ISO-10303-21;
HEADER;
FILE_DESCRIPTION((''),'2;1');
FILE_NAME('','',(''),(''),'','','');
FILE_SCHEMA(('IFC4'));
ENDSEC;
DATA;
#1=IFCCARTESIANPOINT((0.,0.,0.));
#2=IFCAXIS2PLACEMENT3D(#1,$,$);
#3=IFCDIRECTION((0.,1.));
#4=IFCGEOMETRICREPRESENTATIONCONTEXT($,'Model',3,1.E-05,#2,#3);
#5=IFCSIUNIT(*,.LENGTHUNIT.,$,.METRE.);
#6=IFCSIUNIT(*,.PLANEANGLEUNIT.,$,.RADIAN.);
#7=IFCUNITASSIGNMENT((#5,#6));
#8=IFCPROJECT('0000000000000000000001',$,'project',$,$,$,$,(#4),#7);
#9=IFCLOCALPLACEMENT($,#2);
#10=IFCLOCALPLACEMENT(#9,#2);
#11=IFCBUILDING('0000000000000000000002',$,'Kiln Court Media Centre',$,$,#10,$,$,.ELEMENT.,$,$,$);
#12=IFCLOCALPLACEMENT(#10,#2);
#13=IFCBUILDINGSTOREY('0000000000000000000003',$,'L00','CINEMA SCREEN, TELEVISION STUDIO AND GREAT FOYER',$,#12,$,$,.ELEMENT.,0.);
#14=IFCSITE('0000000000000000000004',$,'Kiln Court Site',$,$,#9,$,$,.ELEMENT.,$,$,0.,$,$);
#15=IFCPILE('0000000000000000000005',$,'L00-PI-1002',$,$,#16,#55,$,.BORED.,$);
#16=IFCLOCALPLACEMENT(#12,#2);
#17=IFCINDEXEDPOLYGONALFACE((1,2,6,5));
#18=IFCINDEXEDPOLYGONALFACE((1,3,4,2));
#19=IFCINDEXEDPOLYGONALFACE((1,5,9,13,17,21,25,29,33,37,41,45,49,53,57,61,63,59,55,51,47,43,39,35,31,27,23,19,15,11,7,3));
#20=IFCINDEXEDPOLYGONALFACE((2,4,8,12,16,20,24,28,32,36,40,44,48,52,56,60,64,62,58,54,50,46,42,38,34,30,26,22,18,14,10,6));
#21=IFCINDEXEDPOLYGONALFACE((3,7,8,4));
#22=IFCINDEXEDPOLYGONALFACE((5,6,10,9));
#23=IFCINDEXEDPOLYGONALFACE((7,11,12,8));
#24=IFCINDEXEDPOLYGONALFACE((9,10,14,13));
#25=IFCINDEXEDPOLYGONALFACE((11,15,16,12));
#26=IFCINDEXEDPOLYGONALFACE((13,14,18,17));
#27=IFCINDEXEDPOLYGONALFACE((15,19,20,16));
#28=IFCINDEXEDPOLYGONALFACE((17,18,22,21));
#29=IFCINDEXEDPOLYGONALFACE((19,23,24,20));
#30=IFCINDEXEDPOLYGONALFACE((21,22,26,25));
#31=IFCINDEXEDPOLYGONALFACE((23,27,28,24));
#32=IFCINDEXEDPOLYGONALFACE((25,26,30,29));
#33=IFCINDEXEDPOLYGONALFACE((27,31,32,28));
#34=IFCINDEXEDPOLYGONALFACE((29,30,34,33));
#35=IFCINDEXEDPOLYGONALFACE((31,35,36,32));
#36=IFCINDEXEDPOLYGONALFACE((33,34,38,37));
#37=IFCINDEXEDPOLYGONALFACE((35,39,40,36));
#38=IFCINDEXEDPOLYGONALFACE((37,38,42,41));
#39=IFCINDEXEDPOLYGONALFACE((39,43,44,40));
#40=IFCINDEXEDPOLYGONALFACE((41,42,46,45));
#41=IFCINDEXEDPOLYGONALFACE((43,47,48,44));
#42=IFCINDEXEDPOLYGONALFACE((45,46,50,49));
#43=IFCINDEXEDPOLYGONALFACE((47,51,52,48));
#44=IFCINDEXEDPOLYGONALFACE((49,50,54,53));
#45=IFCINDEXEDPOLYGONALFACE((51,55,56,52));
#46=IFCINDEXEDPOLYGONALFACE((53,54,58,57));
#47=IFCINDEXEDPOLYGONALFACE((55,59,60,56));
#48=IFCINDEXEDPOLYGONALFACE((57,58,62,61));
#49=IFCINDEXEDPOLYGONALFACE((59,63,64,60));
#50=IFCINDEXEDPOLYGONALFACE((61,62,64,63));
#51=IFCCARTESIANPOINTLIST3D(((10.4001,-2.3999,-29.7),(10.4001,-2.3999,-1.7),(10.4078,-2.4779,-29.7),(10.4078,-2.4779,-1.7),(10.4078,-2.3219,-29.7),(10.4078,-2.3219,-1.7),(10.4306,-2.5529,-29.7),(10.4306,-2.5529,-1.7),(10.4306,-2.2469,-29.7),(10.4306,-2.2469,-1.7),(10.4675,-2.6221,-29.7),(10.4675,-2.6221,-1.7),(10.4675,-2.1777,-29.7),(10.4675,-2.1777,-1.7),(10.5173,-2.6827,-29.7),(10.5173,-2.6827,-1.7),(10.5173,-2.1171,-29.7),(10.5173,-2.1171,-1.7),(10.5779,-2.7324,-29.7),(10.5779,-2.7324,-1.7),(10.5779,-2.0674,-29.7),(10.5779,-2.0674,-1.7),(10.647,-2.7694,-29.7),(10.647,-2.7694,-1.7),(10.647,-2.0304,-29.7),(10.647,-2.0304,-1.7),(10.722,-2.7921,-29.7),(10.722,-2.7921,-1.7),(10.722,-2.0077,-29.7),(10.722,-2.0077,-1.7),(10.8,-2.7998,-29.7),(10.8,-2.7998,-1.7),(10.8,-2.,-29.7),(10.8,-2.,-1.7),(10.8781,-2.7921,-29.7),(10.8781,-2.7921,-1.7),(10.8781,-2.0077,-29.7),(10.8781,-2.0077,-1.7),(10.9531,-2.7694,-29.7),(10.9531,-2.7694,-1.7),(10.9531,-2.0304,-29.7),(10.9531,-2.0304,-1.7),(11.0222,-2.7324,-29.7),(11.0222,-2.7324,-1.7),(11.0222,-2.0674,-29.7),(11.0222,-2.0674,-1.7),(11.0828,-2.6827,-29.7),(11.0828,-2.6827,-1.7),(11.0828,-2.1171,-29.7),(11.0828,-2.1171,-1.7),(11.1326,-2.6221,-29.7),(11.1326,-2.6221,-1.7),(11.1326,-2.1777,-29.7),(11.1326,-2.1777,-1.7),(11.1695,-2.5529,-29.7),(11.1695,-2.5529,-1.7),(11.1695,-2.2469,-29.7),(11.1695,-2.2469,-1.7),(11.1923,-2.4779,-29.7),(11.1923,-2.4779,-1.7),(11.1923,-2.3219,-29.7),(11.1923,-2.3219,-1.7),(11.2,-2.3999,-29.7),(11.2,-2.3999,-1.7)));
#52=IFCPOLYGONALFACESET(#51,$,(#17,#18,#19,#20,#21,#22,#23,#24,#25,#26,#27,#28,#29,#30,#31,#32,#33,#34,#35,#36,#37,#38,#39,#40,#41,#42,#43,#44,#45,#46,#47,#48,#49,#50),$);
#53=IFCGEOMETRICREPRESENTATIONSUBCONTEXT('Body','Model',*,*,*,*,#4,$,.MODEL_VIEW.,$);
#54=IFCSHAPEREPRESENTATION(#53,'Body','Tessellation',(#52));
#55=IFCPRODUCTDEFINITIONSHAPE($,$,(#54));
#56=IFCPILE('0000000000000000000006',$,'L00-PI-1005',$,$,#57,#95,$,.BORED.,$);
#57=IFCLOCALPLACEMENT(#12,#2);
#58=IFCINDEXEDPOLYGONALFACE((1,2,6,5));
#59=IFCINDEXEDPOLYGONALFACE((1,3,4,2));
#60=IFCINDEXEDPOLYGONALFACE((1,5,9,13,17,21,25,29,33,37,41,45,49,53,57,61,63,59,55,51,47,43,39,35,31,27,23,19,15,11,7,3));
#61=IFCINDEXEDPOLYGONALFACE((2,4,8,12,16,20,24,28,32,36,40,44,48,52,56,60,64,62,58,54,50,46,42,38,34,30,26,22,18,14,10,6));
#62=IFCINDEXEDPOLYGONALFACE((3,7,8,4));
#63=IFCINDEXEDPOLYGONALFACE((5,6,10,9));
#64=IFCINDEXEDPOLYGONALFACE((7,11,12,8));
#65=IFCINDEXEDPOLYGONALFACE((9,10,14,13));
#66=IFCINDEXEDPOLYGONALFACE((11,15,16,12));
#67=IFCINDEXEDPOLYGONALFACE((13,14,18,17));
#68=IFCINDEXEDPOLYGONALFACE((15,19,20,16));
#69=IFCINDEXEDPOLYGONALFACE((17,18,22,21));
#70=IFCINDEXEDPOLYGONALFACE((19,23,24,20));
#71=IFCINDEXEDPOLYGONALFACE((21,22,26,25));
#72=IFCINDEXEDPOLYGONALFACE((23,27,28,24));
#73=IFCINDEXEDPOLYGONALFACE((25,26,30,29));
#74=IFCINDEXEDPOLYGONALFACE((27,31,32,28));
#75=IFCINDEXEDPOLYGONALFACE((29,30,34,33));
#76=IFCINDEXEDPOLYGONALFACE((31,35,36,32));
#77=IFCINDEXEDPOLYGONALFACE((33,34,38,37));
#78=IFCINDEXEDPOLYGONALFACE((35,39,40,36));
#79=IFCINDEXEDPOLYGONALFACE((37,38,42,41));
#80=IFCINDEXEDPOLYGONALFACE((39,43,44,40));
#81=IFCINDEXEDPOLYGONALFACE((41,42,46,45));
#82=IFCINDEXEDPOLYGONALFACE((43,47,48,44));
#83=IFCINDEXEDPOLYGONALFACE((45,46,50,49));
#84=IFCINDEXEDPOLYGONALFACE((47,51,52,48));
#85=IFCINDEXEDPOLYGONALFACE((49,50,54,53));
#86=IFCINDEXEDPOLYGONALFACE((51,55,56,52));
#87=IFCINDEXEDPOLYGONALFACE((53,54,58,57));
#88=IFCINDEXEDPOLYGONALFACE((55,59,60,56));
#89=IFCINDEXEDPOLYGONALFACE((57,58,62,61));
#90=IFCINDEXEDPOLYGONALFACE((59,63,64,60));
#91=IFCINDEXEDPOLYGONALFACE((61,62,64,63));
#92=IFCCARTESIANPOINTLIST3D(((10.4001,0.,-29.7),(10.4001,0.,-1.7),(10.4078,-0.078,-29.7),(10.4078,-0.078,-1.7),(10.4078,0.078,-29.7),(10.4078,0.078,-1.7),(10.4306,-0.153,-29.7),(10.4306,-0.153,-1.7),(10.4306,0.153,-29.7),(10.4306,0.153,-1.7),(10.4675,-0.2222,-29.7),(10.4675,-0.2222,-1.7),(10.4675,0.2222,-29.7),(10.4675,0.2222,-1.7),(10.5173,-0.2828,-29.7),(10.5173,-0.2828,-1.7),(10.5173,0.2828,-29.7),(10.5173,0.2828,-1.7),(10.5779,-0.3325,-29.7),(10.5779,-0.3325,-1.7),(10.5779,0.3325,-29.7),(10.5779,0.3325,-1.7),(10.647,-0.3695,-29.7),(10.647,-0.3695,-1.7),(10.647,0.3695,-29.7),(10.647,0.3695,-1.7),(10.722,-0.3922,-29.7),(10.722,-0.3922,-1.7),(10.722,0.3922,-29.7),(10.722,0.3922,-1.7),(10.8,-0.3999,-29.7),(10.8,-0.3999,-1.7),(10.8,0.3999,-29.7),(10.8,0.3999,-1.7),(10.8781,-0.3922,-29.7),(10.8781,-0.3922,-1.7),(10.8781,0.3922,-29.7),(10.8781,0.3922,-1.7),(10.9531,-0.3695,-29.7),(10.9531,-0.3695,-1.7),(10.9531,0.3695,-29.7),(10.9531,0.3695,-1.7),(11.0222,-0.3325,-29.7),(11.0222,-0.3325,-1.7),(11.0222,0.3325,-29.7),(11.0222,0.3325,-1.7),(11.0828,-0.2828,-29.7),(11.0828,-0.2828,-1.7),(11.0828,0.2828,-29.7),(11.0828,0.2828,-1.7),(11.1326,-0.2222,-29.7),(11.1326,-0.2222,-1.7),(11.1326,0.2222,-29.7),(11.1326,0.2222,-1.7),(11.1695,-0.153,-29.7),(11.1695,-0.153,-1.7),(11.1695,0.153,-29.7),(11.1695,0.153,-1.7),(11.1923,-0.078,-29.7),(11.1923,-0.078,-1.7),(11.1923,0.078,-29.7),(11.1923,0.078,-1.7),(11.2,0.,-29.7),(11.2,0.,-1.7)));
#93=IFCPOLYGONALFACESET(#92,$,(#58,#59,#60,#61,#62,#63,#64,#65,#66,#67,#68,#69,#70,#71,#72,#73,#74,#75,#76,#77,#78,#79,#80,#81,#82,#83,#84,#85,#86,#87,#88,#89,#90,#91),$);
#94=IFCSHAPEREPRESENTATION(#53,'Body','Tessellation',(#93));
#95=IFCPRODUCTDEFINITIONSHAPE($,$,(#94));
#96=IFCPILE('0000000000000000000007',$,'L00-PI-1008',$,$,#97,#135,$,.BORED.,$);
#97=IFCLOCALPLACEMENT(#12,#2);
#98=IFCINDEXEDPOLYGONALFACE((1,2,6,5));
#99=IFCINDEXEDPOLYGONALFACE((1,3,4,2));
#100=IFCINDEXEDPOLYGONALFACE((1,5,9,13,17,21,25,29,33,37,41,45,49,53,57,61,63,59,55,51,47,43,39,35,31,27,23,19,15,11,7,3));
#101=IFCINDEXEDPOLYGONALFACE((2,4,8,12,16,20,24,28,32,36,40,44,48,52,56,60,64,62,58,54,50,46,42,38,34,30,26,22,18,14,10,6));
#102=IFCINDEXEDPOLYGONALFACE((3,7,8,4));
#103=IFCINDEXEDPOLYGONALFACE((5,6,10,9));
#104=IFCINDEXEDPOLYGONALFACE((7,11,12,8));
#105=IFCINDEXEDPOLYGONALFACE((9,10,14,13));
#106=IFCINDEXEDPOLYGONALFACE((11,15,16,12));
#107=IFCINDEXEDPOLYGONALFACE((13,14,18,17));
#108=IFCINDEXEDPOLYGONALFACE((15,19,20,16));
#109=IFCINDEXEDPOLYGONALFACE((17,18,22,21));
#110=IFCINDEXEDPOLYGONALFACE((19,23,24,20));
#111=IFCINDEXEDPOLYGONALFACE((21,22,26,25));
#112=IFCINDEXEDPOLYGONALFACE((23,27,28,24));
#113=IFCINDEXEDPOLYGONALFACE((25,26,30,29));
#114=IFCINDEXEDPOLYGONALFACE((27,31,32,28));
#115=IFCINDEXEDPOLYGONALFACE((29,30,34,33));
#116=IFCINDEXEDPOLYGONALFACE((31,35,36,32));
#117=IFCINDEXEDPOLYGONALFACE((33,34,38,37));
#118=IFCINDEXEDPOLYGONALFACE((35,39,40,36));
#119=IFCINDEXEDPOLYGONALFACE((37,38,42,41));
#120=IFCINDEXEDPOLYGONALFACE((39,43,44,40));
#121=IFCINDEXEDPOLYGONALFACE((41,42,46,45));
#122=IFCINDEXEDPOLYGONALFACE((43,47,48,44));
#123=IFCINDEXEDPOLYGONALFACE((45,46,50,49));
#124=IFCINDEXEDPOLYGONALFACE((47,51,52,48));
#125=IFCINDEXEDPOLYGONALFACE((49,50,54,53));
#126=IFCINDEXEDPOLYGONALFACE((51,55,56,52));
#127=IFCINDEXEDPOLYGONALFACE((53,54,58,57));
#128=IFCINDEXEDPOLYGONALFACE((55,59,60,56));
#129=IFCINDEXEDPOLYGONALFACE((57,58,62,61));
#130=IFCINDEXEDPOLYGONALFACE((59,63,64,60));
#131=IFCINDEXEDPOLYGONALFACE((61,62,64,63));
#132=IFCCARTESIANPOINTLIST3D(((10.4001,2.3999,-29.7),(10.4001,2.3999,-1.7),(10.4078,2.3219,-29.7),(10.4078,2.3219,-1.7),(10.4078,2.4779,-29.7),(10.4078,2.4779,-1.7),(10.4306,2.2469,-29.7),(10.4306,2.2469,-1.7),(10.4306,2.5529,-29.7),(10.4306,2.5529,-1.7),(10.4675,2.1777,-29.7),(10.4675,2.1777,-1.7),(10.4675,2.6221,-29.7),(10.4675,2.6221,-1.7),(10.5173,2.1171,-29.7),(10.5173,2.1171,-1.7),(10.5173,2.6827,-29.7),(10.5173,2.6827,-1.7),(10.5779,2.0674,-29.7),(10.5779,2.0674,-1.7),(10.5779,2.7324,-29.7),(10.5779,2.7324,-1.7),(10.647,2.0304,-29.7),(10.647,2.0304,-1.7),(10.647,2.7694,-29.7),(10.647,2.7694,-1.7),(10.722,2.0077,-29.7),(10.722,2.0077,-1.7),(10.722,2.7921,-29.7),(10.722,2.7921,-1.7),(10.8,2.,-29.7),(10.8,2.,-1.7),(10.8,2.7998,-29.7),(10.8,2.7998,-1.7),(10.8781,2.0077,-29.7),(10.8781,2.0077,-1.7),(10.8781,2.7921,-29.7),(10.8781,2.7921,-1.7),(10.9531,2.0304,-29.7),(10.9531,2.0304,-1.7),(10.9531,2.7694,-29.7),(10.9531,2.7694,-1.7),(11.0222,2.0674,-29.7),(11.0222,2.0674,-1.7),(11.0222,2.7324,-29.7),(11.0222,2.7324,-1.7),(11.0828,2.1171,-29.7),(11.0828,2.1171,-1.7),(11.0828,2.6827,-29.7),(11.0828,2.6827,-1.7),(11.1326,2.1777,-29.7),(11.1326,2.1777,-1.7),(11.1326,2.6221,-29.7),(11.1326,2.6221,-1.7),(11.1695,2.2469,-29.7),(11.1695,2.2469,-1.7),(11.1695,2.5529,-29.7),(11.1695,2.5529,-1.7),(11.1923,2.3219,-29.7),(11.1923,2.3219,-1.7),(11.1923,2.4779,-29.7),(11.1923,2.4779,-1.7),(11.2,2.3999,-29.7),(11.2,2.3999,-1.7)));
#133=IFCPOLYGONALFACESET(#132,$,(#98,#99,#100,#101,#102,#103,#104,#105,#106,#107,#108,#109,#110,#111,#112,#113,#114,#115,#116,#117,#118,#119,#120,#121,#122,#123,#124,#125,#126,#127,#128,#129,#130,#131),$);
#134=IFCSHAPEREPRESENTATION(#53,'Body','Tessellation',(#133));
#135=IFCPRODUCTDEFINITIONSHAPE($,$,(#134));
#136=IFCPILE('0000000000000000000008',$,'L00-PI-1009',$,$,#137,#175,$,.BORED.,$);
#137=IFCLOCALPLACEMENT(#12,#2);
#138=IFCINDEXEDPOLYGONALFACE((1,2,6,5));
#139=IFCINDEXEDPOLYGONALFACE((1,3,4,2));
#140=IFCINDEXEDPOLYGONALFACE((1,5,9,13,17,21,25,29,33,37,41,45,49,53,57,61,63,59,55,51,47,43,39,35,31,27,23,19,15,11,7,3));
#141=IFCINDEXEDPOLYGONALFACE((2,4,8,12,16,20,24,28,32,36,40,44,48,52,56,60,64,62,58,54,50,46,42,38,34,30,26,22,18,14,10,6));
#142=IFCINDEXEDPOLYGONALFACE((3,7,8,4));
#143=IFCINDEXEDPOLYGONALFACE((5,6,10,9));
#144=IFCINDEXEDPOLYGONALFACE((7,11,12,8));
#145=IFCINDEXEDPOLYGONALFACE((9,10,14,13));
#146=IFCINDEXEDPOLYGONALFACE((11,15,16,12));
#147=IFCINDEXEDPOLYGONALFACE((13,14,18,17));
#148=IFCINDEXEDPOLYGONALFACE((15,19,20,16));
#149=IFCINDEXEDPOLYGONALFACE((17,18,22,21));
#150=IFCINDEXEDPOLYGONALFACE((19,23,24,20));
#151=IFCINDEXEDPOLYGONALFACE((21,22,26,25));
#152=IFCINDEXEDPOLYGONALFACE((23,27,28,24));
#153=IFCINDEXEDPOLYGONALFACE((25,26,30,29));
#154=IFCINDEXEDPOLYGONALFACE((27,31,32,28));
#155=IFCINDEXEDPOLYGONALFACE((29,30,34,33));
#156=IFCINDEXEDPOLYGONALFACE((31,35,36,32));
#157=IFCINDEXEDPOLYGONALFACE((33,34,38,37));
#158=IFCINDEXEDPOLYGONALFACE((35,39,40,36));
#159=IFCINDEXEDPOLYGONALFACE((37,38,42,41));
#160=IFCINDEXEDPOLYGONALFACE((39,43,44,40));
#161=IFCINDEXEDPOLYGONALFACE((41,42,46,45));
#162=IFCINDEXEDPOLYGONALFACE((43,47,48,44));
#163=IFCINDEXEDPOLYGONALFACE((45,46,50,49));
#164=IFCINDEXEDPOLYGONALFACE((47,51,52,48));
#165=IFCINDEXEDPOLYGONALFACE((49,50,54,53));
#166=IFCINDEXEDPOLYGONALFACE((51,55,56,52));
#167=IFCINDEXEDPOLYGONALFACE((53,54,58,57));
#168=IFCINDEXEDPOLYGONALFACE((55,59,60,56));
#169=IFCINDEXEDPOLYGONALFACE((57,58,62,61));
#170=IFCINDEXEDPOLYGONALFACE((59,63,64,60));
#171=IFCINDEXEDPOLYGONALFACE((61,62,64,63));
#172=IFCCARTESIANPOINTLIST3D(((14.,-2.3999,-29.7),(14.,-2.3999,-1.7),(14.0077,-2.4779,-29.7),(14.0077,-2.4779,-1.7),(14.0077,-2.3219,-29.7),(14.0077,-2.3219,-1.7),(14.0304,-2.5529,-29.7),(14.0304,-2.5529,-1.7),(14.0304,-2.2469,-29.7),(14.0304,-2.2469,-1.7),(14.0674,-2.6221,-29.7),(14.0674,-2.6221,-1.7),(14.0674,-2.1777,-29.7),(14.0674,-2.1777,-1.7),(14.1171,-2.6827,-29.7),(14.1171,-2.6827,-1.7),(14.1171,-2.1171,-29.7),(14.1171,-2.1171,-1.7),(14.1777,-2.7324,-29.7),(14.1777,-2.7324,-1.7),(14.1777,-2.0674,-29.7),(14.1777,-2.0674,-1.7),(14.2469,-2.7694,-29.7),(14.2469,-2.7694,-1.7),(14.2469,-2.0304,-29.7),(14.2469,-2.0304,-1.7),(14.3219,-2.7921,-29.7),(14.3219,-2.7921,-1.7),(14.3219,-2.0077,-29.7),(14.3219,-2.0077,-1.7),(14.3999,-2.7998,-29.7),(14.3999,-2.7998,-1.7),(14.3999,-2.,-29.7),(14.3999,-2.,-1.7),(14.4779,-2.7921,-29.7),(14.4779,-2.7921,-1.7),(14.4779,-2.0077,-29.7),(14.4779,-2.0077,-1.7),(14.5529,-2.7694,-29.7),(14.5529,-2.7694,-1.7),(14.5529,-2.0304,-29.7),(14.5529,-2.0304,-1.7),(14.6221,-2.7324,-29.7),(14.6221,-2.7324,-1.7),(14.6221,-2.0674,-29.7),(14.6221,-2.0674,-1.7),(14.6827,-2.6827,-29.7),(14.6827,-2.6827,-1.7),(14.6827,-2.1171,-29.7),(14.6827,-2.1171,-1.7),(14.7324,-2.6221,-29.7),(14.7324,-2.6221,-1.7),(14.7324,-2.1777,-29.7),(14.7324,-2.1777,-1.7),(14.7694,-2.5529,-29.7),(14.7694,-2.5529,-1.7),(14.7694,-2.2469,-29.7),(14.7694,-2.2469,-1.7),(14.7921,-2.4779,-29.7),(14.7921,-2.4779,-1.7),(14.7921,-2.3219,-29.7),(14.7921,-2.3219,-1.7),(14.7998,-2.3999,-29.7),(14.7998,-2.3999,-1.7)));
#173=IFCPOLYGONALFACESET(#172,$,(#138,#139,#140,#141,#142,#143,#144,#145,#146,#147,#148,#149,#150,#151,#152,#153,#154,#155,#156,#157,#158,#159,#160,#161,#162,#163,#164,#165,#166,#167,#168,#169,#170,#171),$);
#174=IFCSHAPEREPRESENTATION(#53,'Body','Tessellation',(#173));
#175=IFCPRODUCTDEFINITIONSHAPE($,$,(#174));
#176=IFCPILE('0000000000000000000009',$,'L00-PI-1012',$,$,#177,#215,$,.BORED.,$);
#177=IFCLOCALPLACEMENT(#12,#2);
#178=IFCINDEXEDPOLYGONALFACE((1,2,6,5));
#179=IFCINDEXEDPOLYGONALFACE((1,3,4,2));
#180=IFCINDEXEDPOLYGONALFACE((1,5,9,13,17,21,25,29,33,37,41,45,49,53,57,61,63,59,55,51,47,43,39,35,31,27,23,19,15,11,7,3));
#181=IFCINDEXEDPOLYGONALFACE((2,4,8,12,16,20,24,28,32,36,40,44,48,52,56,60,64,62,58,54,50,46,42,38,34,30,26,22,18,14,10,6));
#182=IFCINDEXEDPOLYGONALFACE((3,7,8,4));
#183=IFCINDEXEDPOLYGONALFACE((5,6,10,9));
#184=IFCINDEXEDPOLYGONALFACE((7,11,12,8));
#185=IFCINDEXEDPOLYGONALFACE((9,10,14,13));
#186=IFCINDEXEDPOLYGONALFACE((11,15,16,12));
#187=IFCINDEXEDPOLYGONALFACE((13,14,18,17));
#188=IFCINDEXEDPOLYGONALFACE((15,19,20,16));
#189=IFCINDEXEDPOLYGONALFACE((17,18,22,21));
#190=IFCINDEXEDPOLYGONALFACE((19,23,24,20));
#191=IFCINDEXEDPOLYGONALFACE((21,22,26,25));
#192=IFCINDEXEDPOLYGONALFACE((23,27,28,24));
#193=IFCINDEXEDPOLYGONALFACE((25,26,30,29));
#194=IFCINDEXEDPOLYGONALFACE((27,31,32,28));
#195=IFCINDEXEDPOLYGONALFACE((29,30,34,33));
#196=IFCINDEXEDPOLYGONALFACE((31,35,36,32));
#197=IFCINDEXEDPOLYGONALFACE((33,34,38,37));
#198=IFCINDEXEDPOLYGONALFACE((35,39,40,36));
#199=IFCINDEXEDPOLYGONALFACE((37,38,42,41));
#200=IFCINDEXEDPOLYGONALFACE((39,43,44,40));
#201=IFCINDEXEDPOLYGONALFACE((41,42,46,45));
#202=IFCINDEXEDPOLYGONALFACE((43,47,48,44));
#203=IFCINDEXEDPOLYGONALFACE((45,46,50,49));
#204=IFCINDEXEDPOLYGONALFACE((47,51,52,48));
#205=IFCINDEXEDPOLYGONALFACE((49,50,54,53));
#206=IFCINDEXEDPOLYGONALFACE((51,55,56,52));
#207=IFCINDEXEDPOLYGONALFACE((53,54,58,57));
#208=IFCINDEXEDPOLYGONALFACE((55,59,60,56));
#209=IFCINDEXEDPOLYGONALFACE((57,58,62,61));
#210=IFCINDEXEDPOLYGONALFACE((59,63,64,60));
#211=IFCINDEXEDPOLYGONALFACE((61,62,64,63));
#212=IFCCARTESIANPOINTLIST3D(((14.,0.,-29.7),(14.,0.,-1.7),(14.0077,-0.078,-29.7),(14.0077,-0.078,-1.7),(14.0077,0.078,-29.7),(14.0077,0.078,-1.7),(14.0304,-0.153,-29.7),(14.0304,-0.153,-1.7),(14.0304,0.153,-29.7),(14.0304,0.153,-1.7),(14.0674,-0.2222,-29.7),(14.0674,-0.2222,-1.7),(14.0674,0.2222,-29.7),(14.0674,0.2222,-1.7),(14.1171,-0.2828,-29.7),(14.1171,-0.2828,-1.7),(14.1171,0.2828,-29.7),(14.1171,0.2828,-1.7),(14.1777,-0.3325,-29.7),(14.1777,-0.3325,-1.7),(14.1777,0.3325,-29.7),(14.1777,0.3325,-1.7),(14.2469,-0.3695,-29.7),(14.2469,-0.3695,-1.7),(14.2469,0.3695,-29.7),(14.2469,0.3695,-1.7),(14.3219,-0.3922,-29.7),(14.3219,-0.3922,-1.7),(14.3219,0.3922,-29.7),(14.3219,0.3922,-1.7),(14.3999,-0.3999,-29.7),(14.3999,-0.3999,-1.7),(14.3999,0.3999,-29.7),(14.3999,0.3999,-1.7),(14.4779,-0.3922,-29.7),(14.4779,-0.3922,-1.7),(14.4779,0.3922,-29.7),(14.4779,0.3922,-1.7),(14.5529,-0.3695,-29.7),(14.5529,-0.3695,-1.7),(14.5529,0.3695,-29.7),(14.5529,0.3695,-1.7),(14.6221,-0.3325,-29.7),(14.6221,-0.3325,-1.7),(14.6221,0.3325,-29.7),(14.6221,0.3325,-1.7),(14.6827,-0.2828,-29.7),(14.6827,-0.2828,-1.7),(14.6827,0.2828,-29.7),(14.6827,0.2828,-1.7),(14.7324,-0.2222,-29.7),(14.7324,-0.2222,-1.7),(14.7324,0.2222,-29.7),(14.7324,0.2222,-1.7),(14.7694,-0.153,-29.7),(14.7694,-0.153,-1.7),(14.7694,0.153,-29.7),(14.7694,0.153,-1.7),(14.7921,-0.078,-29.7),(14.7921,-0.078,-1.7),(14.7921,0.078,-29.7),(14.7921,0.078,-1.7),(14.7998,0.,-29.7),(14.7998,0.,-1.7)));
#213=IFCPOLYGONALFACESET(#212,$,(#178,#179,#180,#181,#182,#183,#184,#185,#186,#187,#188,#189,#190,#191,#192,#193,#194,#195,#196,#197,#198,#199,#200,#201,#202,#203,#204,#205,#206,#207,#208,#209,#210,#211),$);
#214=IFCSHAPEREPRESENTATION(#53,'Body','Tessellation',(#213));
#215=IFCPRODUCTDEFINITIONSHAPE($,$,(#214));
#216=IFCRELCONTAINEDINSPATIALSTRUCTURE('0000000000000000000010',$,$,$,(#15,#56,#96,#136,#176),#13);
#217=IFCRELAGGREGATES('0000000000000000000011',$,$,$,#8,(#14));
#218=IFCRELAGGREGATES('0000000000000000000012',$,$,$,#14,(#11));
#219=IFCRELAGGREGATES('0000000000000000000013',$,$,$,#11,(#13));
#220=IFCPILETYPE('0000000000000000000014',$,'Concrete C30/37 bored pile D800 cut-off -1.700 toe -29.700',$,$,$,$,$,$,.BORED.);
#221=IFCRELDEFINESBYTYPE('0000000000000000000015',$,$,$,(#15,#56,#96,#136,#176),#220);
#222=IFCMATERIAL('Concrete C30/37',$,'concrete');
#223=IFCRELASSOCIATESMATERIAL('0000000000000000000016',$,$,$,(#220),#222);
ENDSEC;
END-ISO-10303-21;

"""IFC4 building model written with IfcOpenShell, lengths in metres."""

from ifc_helpers import new_model, si_unit, direction, frame, origin, origin_2d, place, context, subcontext, project, spatial, circle, extrude, material, material_profile, profile_set, type_object, element, save


model = new_model("IFC4")

# Units and contexts
model_context = context("Model", 3, precision=1e-05, world=origin(), true_north=direction((0.0, 1.0)))
body_context = subcontext(model_context, "Body", "Model", "MODEL_VIEW")
ifc_project = project(units=[si_unit("LENGTHUNIT", "METRE"), si_unit("PLANEANGLEUNIT", "RADIAN")], contexts=[model_context])

# Site, building, storey
site_placement = place(None, origin())
site = spatial("IfcSite", under=ifc_project, at=site_placement, Name="Kiln Court Site", CompositionType="ELEMENT", RefElevation=0.0)
building_placement = place(site_placement, origin())
building = spatial("IfcBuilding", under=site, at=building_placement, Name="Kiln Court Media Centre", CompositionType="ELEMENT")
storey_placement = place(building_placement, origin())
storey = spatial("IfcBuildingStorey", under=building, at=storey_placement, Name="L00", Description="CINEMA SCREEN, TELEVISION STUDIO AND GREAT FOYER", CompositionType="ELEMENT", Elevation=0.0)

# Piles
ifc_material_1 = material(Name="Concrete C30/37", Category="concrete")
ifc_material_profile_1 = material_profile(ifc_material_1, circle(Radius=0.3999, at=origin_2d()), Name="PILE D800")
ifc_profile_set_1 = profile_set([ifc_material_profile_1], Name="Concrete C30/37")
pile_type = type_object("IfcPileType", Name="Concrete C30/37 bored pile D800 cut-off -1.700 toe -29.700", PredefinedType="BORED", material=ifc_profile_set_1)
for number, where, z_axis, x_axis, name in (
    (1, (10.8, -2.3999, -1.7), (0.0, 0.0, -1.0), (1.0, 0.0, 0.0), "L00-PI-1002"),
    (2, (10.8, 0.0, -1.7), (0.0, 0.0, -1.0), (1.0, 0.0, 0.0), "L00-PI-1005"),
    (3, (10.8, 2.3999, -1.7), (0.0, 0.0, -1.0), (1.0, 0.0, 0.0), "L00-PI-1008"),
    (4, (14.3999, -2.3999, -1.7), (0.0, 0.0, -1.0), (1.0, 0.0, 0.0), "L00-PI-1009"),
    (5, (14.3999, 0.0, -1.7), (0.0, 0.0, -1.0), (1.0, 0.0, 0.0), "L00-PI-1012"),
):
    element("IfcPile", number, at=place(storey_placement, frame(where, z_axis=z_axis, x_axis=x_axis)), inside=storey, type_object=pile_type, Name=name, PredefinedType="BORED", context=body_context, shape_type="SweptSolid", body=[
        extrude(circle(Radius=0.3999, at=origin_2d()), origin(), (0.0, 0.0, 1.0), 28.0),
    ])

save(model, "model.ifc")
